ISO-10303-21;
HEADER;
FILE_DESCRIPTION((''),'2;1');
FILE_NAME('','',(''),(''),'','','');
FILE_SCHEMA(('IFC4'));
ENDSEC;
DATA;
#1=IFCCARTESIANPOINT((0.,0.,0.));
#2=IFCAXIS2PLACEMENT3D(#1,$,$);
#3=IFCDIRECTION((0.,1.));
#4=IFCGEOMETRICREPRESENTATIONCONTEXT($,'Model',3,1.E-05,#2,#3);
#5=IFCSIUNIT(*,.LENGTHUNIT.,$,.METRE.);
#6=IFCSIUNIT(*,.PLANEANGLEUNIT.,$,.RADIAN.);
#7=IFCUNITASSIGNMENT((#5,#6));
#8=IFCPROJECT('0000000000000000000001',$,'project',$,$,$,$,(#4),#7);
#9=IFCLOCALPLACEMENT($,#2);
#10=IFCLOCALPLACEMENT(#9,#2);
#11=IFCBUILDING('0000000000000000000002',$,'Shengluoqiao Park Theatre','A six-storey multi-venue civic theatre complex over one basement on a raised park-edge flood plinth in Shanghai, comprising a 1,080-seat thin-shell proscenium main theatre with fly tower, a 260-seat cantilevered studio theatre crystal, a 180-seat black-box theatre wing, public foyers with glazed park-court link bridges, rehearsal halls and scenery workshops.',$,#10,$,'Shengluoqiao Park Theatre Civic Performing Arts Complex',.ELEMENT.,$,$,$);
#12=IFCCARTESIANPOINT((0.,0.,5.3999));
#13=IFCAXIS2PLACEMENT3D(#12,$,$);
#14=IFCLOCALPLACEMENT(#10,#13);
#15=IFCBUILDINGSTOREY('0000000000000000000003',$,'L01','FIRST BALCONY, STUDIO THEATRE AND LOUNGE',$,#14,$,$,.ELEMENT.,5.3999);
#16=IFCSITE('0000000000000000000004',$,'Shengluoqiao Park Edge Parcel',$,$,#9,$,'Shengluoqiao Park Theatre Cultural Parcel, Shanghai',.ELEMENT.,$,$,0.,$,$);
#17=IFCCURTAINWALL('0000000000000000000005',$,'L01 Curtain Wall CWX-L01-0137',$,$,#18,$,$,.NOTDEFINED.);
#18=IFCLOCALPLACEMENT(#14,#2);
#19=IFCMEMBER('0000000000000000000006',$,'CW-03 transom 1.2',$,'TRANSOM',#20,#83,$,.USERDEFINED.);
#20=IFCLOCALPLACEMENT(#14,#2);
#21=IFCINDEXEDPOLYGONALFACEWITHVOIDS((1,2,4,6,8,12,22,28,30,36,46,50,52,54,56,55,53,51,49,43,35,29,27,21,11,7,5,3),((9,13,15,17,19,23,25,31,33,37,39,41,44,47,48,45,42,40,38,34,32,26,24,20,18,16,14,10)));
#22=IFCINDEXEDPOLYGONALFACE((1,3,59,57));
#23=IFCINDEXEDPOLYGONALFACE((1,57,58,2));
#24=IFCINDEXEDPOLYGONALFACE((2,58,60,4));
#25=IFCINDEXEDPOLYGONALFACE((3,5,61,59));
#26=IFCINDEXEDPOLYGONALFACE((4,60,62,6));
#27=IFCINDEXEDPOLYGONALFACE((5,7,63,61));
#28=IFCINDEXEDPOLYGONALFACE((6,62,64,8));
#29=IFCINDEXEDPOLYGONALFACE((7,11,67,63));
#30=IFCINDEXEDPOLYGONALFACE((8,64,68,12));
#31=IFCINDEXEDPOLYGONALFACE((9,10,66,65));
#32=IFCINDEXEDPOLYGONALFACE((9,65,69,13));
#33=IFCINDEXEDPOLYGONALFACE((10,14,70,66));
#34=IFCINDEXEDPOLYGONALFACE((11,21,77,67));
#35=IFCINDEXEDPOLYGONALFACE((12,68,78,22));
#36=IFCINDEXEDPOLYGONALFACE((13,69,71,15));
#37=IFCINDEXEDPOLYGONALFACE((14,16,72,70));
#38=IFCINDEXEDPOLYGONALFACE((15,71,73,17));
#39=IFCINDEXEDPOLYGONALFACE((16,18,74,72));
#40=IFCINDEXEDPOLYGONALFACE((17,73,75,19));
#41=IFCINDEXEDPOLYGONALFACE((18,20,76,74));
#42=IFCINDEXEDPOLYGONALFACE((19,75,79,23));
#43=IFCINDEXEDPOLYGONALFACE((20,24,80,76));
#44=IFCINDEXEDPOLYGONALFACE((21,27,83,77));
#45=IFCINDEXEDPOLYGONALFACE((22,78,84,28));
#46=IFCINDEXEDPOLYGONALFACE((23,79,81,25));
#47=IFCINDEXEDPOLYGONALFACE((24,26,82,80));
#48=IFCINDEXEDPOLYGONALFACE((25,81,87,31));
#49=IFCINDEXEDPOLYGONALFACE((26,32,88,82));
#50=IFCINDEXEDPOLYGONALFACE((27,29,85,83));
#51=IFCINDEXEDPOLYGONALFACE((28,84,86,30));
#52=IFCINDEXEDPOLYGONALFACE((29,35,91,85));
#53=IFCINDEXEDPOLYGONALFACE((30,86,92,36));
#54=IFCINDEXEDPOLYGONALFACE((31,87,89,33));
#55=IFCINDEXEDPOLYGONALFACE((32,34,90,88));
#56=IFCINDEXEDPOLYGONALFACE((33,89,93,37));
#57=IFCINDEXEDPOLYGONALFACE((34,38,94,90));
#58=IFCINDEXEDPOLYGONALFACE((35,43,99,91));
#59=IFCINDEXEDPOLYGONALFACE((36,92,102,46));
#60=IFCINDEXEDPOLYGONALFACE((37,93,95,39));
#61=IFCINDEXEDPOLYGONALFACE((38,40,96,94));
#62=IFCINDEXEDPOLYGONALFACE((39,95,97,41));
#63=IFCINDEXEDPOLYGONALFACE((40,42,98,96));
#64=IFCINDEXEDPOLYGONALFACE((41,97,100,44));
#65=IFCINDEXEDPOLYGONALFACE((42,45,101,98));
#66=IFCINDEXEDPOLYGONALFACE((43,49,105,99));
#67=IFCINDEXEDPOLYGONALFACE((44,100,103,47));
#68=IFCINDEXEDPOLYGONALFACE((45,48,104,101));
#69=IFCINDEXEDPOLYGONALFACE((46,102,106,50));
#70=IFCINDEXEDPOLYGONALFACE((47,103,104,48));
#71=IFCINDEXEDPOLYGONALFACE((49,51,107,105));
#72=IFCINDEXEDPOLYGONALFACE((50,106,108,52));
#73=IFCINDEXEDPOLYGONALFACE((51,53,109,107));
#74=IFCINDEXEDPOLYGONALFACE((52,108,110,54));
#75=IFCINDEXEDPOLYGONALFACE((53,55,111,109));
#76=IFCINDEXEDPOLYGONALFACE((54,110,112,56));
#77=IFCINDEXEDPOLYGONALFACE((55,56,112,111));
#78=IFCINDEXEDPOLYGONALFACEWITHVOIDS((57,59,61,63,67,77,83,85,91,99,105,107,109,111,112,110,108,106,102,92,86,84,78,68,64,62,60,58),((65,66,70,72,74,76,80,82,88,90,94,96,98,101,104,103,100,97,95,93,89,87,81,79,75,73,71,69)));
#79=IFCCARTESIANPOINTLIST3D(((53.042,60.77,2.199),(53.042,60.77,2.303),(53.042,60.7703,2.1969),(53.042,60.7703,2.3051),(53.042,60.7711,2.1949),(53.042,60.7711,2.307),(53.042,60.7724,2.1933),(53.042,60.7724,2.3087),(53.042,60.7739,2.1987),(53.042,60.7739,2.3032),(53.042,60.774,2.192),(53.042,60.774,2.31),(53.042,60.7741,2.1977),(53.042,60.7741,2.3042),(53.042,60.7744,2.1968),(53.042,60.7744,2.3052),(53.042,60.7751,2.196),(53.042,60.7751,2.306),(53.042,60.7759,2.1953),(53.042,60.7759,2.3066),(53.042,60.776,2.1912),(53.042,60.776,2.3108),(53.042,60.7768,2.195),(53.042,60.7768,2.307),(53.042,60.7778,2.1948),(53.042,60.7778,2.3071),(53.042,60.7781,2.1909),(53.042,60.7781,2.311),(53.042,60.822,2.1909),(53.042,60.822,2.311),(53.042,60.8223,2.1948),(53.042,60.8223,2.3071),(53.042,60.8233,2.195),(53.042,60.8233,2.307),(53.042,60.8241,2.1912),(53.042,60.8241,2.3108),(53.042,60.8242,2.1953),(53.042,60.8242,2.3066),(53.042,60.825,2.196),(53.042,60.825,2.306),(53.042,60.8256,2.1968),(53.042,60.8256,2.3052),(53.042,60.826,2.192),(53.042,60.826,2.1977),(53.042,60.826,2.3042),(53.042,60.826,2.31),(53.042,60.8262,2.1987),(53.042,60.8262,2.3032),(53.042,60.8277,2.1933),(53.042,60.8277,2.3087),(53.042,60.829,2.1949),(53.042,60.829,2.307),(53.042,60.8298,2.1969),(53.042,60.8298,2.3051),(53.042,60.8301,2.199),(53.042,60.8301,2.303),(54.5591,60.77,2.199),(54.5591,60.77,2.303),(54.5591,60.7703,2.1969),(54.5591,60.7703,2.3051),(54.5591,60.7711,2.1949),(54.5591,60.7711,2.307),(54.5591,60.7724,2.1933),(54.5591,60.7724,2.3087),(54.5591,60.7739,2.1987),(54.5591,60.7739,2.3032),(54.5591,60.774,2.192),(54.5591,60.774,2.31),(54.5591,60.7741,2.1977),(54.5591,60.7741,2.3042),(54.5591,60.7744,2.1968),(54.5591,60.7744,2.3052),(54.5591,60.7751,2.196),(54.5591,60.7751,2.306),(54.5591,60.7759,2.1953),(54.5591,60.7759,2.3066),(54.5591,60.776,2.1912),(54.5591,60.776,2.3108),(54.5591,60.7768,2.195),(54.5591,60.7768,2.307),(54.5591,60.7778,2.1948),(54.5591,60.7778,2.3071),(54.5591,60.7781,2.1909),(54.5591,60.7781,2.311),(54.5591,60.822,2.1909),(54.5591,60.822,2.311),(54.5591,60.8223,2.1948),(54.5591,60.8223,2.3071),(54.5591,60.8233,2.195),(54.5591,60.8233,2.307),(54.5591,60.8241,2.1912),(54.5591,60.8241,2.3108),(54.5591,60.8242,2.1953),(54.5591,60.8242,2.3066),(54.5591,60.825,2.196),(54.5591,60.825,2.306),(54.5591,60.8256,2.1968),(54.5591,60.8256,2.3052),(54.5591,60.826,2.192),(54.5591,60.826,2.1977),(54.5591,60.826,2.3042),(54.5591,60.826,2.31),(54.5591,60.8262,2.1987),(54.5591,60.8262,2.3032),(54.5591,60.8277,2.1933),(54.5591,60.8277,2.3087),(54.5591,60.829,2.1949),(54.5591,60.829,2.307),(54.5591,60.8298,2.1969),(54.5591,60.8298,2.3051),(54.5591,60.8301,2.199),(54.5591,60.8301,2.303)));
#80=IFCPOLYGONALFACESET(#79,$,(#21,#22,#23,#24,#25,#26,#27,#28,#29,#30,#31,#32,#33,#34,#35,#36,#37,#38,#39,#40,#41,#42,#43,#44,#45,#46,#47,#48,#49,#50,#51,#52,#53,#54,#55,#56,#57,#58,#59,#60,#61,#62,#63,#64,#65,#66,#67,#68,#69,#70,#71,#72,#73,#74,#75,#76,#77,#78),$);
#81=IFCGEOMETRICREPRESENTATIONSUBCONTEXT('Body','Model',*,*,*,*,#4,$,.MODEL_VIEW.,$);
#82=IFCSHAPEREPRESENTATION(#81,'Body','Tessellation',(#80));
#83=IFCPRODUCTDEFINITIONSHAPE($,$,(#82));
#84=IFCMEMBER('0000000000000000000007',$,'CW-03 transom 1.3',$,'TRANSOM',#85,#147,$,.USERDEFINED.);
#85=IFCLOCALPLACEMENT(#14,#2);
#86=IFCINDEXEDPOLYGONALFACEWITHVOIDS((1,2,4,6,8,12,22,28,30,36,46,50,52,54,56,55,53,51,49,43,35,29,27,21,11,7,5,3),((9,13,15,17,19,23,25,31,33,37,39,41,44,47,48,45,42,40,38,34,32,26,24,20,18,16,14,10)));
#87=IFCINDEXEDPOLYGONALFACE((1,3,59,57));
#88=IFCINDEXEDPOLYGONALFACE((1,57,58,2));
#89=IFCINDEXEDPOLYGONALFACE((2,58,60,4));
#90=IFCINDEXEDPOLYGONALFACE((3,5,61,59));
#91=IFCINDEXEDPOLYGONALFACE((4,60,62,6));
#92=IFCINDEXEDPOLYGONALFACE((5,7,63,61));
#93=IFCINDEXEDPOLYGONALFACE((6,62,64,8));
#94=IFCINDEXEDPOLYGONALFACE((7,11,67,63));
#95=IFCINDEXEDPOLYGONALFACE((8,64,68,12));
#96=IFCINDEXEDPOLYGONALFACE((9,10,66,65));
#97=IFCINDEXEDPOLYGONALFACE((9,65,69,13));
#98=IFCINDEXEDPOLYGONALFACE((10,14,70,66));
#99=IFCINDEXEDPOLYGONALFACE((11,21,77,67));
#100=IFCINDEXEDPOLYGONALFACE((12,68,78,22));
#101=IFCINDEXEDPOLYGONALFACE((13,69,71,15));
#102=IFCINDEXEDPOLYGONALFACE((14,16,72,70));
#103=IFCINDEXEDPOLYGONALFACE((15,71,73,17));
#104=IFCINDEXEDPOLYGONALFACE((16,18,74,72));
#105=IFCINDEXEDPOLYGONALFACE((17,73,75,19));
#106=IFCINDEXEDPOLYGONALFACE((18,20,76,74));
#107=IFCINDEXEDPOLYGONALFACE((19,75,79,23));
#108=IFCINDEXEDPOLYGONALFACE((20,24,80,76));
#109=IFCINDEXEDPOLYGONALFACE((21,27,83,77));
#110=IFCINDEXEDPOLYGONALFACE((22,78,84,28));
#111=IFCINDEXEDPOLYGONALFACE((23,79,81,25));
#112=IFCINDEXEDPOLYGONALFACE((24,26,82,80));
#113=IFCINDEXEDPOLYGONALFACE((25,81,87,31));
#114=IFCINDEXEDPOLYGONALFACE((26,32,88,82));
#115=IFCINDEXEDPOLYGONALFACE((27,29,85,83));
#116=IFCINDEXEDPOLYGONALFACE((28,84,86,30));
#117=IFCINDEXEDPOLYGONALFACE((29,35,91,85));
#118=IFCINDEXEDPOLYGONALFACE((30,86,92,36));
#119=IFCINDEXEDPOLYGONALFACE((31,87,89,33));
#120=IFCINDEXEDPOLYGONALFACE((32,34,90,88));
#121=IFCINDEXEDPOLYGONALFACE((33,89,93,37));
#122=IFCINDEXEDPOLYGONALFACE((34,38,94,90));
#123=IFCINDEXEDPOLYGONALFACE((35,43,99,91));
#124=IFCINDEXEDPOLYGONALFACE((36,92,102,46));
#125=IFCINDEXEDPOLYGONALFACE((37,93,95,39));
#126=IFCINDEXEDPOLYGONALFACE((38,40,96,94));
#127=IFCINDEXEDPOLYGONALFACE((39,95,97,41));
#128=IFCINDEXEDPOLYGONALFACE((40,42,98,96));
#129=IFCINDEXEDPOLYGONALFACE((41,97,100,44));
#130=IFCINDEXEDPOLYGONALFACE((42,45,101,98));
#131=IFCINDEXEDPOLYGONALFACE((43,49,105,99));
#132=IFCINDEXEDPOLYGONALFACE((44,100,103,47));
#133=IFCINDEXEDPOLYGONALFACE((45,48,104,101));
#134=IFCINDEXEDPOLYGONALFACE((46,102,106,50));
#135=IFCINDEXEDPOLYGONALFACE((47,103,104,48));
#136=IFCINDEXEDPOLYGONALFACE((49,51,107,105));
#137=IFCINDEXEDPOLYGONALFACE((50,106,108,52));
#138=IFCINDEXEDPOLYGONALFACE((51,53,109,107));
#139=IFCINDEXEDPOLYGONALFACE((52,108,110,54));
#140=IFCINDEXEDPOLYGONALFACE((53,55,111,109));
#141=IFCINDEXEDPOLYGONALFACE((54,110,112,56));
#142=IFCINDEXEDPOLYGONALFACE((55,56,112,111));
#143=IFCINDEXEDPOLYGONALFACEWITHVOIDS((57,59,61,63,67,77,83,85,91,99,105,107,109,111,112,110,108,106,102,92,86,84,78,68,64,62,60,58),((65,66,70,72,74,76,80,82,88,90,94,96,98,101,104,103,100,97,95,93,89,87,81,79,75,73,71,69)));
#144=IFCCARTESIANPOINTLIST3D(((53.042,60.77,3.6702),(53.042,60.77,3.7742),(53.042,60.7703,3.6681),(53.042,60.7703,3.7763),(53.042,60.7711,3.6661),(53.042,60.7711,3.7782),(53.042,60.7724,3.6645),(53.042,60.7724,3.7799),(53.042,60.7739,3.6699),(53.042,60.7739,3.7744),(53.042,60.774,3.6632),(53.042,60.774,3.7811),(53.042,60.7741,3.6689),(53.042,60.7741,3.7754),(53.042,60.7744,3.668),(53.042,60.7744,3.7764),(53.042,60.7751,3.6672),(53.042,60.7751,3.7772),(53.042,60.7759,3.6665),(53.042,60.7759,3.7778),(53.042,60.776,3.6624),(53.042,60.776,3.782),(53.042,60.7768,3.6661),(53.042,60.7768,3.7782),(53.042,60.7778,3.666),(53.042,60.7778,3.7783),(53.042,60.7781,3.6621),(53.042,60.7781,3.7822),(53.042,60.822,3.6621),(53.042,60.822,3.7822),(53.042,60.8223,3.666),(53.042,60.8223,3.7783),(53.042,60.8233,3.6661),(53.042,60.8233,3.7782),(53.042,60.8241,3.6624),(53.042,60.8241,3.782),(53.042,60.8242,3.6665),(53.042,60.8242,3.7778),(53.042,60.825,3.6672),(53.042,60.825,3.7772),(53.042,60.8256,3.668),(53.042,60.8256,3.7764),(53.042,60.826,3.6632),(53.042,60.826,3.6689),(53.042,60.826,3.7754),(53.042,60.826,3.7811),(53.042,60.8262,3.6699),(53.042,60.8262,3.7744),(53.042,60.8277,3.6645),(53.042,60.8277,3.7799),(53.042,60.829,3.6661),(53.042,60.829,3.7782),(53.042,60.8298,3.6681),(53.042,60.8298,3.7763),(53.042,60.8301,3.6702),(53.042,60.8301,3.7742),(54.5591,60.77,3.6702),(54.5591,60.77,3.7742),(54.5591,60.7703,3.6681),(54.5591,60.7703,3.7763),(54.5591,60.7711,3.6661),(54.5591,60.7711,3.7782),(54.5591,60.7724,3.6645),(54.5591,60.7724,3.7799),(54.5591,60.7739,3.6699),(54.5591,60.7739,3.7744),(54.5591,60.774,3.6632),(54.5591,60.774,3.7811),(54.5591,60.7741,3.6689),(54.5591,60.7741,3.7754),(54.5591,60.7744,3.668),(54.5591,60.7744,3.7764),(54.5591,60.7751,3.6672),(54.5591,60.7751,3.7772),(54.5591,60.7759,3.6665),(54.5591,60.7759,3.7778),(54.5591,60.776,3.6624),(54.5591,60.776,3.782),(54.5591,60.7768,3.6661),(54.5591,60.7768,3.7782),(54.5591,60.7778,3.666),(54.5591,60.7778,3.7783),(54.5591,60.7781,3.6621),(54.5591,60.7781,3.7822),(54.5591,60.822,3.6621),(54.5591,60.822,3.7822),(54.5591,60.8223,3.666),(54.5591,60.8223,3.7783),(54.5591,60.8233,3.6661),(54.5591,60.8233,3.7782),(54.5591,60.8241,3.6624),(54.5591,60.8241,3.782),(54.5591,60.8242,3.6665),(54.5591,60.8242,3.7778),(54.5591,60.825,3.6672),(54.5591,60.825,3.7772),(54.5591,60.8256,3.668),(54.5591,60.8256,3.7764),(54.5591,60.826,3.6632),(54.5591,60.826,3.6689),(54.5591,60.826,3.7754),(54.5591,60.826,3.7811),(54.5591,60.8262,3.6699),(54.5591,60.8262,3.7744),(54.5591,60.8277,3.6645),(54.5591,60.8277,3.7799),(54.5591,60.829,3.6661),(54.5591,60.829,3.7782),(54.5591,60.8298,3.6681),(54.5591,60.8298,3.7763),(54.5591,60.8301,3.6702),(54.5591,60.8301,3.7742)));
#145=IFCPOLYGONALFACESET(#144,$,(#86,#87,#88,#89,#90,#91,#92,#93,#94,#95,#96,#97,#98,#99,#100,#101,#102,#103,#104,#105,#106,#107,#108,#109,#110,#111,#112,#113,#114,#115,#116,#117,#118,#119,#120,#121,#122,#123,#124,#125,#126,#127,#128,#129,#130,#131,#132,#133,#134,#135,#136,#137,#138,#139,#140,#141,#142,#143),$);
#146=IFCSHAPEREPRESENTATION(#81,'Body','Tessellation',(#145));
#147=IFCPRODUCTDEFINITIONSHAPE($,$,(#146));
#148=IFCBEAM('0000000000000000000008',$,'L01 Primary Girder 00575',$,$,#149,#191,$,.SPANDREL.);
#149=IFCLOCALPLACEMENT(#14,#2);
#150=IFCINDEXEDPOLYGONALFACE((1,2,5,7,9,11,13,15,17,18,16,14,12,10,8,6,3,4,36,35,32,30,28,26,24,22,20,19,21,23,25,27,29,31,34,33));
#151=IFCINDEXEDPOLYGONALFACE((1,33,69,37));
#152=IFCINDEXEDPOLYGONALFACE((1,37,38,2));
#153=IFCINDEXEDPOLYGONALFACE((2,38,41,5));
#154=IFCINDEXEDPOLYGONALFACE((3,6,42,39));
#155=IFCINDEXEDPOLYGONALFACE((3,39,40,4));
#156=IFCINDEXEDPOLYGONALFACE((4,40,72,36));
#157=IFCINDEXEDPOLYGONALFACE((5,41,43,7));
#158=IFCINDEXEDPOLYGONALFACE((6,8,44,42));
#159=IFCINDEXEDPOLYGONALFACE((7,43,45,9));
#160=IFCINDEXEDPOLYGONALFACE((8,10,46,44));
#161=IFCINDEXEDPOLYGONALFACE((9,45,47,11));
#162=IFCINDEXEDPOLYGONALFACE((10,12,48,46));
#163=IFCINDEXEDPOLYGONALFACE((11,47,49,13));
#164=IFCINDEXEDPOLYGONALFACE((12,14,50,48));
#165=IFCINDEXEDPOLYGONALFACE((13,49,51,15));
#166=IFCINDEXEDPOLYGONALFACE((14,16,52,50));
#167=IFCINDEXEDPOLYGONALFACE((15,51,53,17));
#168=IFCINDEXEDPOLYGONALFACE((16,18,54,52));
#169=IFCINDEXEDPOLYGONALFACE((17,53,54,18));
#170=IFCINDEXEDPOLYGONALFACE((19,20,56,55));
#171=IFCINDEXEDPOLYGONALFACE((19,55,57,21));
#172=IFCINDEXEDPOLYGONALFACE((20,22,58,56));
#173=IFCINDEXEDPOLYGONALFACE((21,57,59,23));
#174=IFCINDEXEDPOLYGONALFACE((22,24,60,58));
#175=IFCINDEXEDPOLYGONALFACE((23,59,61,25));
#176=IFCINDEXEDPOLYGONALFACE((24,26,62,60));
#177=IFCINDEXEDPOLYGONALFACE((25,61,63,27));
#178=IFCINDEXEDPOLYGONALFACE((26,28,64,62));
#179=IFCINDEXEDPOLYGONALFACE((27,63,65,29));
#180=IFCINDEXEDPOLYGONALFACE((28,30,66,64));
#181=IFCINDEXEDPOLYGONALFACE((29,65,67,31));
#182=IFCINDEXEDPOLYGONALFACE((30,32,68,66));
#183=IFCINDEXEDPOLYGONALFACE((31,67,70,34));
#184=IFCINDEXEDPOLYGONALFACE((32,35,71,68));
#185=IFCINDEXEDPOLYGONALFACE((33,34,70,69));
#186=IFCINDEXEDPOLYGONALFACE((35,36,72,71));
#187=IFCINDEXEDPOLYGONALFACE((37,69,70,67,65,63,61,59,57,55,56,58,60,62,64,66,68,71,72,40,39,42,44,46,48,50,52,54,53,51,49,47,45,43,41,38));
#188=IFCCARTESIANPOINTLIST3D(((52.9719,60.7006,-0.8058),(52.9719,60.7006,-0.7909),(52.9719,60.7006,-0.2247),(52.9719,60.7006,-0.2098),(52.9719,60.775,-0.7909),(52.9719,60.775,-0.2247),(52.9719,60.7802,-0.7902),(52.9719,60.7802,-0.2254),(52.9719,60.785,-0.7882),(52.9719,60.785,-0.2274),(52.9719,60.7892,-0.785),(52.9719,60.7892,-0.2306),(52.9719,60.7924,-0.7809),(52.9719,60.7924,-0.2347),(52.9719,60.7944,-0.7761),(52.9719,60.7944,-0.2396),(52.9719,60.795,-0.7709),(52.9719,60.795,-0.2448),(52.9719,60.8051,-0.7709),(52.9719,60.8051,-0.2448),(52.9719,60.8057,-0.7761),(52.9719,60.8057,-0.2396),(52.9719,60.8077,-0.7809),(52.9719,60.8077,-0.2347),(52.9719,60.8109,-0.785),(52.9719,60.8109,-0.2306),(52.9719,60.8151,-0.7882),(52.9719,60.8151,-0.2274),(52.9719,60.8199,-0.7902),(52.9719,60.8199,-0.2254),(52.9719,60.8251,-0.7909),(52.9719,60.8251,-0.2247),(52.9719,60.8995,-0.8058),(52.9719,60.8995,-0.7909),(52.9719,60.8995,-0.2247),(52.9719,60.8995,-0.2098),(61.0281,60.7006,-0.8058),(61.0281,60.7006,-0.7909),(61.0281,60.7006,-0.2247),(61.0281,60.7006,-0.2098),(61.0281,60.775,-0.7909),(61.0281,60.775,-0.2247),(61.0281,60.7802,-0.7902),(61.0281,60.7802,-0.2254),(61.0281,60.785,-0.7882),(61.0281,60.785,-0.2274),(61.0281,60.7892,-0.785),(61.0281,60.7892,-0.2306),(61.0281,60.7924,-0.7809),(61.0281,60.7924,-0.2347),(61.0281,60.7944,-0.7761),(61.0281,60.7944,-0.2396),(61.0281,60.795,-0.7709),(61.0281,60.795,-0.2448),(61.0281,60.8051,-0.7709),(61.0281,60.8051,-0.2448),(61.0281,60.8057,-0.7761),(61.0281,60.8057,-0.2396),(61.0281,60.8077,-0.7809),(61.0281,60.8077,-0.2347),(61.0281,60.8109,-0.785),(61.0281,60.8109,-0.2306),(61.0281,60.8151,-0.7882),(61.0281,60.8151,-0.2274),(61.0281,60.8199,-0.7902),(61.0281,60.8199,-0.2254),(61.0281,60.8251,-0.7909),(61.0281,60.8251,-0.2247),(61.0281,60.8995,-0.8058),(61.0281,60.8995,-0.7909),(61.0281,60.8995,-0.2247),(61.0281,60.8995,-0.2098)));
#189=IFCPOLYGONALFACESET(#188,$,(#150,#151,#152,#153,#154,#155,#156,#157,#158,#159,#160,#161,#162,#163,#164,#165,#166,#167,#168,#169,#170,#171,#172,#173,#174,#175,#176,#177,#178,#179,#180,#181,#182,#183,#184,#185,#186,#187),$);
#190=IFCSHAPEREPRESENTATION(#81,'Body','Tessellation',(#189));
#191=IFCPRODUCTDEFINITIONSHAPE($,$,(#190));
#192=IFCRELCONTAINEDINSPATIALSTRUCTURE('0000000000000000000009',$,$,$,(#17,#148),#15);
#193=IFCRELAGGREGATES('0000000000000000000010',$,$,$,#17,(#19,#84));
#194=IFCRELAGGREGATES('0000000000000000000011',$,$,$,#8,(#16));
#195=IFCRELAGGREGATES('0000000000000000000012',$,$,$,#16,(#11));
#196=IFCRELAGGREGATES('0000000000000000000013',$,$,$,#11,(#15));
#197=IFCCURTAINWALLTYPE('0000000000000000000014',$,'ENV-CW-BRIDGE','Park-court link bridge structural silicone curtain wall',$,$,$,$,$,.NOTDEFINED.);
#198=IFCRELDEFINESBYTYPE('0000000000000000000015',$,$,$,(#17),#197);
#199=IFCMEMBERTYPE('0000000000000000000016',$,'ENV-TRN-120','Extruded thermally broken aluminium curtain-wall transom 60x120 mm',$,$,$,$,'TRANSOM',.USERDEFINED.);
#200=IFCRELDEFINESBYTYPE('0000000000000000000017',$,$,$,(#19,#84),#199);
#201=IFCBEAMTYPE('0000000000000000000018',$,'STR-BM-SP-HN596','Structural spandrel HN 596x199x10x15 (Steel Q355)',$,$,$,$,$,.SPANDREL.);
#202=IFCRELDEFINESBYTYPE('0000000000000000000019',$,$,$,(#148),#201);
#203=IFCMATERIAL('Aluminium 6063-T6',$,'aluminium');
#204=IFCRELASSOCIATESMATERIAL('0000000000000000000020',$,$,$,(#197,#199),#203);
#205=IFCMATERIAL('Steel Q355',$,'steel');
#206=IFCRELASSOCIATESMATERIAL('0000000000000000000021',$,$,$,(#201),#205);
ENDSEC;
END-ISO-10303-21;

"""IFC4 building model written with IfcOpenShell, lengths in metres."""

from ifc_helpers import new_model, si_unit, direction, frame, origin, origin_2d, place, context, subcontext, project, spatial, hollow_rectangle, i_section, extrude, material, material_profile, profile_set, type_object, element, aggregate, save


model = new_model("IFC4")

# Units and contexts
model_context = context("Model", 3, precision=1e-05, world=origin(), true_north=direction((0.0, 1.0)))
body_context = subcontext(model_context, "Body", "Model", "MODEL_VIEW")
ifc_project = project(units=[si_unit("LENGTHUNIT", "METRE"), si_unit("PLANEANGLEUNIT", "RADIAN")], contexts=[model_context])

# Site, building, storey
site_placement = place(None, origin())
site = spatial("IfcSite", under=ifc_project, at=site_placement, Name="Shengluoqiao Park Edge Parcel", LongName="Shengluoqiao Park Theatre Cultural Parcel, Shanghai", CompositionType="ELEMENT", RefElevation=0.0)
building_placement = place(site_placement, origin())
building = spatial("IfcBuilding", under=site, at=building_placement, Name="Shengluoqiao Park Theatre", Description="A six-storey multi-venue civic theatre complex over one basement on a raised park-edge flood plinth in Shanghai, comprising a 1,080-seat thin-shell proscenium main theatre with fly tower, a 260-seat cantilevered studio theatre crystal, a 180-seat black-box theatre wing, public foyers with glazed park-court link bridges, rehearsal halls and scenery workshops.", LongName="Shengluoqiao Park Theatre Civic Performing Arts Complex", CompositionType="ELEMENT")
storey_placement = place(building_placement, frame((0.0, 0.0, 5.3999)))
storey = spatial("IfcBuildingStorey", under=building, at=storey_placement, Name="L01", Description="FIRST BALCONY, STUDIO THEATRE AND LOUNGE", CompositionType="ELEMENT", Elevation=5.3999)

# Shared definitions
ifc_material_1 = material(Name="Steel Q355", Category="steel")

# Shared definitions
ifc_material_2 = material(Name="Aluminium 6063-T6", Category="aluminium")
curtain_wall_type = type_object("IfcCurtainWallType", Name="ENV-CW-BRIDGE", Description="Park-court link bridge structural silicone curtain wall", PredefinedType="NOTDEFINED", material=ifc_material_2)

# Curtain wall
curtain_wall_1_placement = place(storey_placement, origin())
curtain_wall_1 = element("IfcCurtainWall", 1, at=curtain_wall_1_placement, inside=storey, type_object=curtain_wall_type, Name="L01 Curtain Wall CWX-L01-0137", PredefinedType="NOTDEFINED")

# Members
ifc_material_profile_1 = material_profile(ifc_material_2, hollow_rectangle(XDim=0.0601, YDim=0.1201, WallThickness=0.0039, InnerFilletRadius=0.0039, OuterFilletRadius=0.0081, at=origin_2d()), Name="ALU TRANSOM 120x60x4")
ifc_profile_set_1 = profile_set([ifc_material_profile_1], Name="Aluminium 6063-T6")
member_type_1 = type_object("IfcMemberType", Name="ENV-TRN-120", Description="Extruded thermally broken aluminium curtain-wall transom 60x120 mm", ElementType="TRANSOM", PredefinedType="USERDEFINED", material=ifc_profile_set_1)
member_1_placement = place(storey_placement, frame((53.042, 60.8, 2.251), z_axis=(1.0, 0.0, 0.0), x_axis=(0.0, 1.0, 0.0)))
member_1 = element("IfcMember", 2, at=member_1_placement, type_object=member_type_1, Name="CW-03 transom 1.2", ObjectType="TRANSOM", PredefinedType="USERDEFINED", context=body_context, shape_type="SweptSolid", body=[
    extrude(hollow_rectangle(XDim=0.0601, YDim=0.1201, WallThickness=0.0039, InnerFilletRadius=0.0039, OuterFilletRadius=0.0081, at=origin_2d()), origin(), (0.0, 0.0, 1.0), 1.5171),
])
member_2_placement = place(storey_placement, frame((53.042, 60.8, 3.7222), z_axis=(1.0, 0.0, 0.0), x_axis=(0.0, 1.0, 0.0)))
member_2 = element("IfcMember", 3, at=member_2_placement, type_object=member_type_1, Name="CW-03 transom 1.3", ObjectType="TRANSOM", PredefinedType="USERDEFINED", context=body_context, shape_type="SweptSolid", body=[
    extrude(hollow_rectangle(XDim=0.0601, YDim=0.1201, WallThickness=0.0039, InnerFilletRadius=0.0039, OuterFilletRadius=0.0081, at=origin_2d()), origin(), (0.0, 0.0, 1.0), 1.5171),
])

# Beam
ifc_material_profile_2 = material_profile(ifc_material_1, i_section(OverallWidth=0.199, OverallDepth=0.5959, WebThickness=0.01, FlangeThickness=0.0149, FilletRadius=0.02, at=origin_2d()), Name="HN 596x199x10x15")
ifc_profile_set_2 = profile_set([ifc_material_profile_2], Name="Steel Q355")
beam_type = type_object("IfcBeamType", Name="STR-BM-SP-HN596", Description="Structural spandrel HN 596x199x10x15 (Steel Q355)", PredefinedType="SPANDREL", material=ifc_profile_set_2)
beam_placement = place(storey_placement, frame((52.9719, 60.8, -0.5078), z_axis=(1.0, 0.0, 0.0), x_axis=(0.0, 1.0, 0.0)))
element("IfcBeam", 4, at=beam_placement, inside=storey, type_object=beam_type, Name="L01 Primary Girder 00575", PredefinedType="SPANDREL", context=body_context, shape_type="SweptSolid", body=[
    extrude(i_section(OverallWidth=0.199, OverallDepth=0.5959, WebThickness=0.01, FlangeThickness=0.0149, FilletRadius=0.02, at=origin_2d()), origin(), (0.0, 0.0, 1.0), 8.0562),
])

aggregate(curtain_wall_1, [member_1, member_2])

save(model, "model.ifc")
